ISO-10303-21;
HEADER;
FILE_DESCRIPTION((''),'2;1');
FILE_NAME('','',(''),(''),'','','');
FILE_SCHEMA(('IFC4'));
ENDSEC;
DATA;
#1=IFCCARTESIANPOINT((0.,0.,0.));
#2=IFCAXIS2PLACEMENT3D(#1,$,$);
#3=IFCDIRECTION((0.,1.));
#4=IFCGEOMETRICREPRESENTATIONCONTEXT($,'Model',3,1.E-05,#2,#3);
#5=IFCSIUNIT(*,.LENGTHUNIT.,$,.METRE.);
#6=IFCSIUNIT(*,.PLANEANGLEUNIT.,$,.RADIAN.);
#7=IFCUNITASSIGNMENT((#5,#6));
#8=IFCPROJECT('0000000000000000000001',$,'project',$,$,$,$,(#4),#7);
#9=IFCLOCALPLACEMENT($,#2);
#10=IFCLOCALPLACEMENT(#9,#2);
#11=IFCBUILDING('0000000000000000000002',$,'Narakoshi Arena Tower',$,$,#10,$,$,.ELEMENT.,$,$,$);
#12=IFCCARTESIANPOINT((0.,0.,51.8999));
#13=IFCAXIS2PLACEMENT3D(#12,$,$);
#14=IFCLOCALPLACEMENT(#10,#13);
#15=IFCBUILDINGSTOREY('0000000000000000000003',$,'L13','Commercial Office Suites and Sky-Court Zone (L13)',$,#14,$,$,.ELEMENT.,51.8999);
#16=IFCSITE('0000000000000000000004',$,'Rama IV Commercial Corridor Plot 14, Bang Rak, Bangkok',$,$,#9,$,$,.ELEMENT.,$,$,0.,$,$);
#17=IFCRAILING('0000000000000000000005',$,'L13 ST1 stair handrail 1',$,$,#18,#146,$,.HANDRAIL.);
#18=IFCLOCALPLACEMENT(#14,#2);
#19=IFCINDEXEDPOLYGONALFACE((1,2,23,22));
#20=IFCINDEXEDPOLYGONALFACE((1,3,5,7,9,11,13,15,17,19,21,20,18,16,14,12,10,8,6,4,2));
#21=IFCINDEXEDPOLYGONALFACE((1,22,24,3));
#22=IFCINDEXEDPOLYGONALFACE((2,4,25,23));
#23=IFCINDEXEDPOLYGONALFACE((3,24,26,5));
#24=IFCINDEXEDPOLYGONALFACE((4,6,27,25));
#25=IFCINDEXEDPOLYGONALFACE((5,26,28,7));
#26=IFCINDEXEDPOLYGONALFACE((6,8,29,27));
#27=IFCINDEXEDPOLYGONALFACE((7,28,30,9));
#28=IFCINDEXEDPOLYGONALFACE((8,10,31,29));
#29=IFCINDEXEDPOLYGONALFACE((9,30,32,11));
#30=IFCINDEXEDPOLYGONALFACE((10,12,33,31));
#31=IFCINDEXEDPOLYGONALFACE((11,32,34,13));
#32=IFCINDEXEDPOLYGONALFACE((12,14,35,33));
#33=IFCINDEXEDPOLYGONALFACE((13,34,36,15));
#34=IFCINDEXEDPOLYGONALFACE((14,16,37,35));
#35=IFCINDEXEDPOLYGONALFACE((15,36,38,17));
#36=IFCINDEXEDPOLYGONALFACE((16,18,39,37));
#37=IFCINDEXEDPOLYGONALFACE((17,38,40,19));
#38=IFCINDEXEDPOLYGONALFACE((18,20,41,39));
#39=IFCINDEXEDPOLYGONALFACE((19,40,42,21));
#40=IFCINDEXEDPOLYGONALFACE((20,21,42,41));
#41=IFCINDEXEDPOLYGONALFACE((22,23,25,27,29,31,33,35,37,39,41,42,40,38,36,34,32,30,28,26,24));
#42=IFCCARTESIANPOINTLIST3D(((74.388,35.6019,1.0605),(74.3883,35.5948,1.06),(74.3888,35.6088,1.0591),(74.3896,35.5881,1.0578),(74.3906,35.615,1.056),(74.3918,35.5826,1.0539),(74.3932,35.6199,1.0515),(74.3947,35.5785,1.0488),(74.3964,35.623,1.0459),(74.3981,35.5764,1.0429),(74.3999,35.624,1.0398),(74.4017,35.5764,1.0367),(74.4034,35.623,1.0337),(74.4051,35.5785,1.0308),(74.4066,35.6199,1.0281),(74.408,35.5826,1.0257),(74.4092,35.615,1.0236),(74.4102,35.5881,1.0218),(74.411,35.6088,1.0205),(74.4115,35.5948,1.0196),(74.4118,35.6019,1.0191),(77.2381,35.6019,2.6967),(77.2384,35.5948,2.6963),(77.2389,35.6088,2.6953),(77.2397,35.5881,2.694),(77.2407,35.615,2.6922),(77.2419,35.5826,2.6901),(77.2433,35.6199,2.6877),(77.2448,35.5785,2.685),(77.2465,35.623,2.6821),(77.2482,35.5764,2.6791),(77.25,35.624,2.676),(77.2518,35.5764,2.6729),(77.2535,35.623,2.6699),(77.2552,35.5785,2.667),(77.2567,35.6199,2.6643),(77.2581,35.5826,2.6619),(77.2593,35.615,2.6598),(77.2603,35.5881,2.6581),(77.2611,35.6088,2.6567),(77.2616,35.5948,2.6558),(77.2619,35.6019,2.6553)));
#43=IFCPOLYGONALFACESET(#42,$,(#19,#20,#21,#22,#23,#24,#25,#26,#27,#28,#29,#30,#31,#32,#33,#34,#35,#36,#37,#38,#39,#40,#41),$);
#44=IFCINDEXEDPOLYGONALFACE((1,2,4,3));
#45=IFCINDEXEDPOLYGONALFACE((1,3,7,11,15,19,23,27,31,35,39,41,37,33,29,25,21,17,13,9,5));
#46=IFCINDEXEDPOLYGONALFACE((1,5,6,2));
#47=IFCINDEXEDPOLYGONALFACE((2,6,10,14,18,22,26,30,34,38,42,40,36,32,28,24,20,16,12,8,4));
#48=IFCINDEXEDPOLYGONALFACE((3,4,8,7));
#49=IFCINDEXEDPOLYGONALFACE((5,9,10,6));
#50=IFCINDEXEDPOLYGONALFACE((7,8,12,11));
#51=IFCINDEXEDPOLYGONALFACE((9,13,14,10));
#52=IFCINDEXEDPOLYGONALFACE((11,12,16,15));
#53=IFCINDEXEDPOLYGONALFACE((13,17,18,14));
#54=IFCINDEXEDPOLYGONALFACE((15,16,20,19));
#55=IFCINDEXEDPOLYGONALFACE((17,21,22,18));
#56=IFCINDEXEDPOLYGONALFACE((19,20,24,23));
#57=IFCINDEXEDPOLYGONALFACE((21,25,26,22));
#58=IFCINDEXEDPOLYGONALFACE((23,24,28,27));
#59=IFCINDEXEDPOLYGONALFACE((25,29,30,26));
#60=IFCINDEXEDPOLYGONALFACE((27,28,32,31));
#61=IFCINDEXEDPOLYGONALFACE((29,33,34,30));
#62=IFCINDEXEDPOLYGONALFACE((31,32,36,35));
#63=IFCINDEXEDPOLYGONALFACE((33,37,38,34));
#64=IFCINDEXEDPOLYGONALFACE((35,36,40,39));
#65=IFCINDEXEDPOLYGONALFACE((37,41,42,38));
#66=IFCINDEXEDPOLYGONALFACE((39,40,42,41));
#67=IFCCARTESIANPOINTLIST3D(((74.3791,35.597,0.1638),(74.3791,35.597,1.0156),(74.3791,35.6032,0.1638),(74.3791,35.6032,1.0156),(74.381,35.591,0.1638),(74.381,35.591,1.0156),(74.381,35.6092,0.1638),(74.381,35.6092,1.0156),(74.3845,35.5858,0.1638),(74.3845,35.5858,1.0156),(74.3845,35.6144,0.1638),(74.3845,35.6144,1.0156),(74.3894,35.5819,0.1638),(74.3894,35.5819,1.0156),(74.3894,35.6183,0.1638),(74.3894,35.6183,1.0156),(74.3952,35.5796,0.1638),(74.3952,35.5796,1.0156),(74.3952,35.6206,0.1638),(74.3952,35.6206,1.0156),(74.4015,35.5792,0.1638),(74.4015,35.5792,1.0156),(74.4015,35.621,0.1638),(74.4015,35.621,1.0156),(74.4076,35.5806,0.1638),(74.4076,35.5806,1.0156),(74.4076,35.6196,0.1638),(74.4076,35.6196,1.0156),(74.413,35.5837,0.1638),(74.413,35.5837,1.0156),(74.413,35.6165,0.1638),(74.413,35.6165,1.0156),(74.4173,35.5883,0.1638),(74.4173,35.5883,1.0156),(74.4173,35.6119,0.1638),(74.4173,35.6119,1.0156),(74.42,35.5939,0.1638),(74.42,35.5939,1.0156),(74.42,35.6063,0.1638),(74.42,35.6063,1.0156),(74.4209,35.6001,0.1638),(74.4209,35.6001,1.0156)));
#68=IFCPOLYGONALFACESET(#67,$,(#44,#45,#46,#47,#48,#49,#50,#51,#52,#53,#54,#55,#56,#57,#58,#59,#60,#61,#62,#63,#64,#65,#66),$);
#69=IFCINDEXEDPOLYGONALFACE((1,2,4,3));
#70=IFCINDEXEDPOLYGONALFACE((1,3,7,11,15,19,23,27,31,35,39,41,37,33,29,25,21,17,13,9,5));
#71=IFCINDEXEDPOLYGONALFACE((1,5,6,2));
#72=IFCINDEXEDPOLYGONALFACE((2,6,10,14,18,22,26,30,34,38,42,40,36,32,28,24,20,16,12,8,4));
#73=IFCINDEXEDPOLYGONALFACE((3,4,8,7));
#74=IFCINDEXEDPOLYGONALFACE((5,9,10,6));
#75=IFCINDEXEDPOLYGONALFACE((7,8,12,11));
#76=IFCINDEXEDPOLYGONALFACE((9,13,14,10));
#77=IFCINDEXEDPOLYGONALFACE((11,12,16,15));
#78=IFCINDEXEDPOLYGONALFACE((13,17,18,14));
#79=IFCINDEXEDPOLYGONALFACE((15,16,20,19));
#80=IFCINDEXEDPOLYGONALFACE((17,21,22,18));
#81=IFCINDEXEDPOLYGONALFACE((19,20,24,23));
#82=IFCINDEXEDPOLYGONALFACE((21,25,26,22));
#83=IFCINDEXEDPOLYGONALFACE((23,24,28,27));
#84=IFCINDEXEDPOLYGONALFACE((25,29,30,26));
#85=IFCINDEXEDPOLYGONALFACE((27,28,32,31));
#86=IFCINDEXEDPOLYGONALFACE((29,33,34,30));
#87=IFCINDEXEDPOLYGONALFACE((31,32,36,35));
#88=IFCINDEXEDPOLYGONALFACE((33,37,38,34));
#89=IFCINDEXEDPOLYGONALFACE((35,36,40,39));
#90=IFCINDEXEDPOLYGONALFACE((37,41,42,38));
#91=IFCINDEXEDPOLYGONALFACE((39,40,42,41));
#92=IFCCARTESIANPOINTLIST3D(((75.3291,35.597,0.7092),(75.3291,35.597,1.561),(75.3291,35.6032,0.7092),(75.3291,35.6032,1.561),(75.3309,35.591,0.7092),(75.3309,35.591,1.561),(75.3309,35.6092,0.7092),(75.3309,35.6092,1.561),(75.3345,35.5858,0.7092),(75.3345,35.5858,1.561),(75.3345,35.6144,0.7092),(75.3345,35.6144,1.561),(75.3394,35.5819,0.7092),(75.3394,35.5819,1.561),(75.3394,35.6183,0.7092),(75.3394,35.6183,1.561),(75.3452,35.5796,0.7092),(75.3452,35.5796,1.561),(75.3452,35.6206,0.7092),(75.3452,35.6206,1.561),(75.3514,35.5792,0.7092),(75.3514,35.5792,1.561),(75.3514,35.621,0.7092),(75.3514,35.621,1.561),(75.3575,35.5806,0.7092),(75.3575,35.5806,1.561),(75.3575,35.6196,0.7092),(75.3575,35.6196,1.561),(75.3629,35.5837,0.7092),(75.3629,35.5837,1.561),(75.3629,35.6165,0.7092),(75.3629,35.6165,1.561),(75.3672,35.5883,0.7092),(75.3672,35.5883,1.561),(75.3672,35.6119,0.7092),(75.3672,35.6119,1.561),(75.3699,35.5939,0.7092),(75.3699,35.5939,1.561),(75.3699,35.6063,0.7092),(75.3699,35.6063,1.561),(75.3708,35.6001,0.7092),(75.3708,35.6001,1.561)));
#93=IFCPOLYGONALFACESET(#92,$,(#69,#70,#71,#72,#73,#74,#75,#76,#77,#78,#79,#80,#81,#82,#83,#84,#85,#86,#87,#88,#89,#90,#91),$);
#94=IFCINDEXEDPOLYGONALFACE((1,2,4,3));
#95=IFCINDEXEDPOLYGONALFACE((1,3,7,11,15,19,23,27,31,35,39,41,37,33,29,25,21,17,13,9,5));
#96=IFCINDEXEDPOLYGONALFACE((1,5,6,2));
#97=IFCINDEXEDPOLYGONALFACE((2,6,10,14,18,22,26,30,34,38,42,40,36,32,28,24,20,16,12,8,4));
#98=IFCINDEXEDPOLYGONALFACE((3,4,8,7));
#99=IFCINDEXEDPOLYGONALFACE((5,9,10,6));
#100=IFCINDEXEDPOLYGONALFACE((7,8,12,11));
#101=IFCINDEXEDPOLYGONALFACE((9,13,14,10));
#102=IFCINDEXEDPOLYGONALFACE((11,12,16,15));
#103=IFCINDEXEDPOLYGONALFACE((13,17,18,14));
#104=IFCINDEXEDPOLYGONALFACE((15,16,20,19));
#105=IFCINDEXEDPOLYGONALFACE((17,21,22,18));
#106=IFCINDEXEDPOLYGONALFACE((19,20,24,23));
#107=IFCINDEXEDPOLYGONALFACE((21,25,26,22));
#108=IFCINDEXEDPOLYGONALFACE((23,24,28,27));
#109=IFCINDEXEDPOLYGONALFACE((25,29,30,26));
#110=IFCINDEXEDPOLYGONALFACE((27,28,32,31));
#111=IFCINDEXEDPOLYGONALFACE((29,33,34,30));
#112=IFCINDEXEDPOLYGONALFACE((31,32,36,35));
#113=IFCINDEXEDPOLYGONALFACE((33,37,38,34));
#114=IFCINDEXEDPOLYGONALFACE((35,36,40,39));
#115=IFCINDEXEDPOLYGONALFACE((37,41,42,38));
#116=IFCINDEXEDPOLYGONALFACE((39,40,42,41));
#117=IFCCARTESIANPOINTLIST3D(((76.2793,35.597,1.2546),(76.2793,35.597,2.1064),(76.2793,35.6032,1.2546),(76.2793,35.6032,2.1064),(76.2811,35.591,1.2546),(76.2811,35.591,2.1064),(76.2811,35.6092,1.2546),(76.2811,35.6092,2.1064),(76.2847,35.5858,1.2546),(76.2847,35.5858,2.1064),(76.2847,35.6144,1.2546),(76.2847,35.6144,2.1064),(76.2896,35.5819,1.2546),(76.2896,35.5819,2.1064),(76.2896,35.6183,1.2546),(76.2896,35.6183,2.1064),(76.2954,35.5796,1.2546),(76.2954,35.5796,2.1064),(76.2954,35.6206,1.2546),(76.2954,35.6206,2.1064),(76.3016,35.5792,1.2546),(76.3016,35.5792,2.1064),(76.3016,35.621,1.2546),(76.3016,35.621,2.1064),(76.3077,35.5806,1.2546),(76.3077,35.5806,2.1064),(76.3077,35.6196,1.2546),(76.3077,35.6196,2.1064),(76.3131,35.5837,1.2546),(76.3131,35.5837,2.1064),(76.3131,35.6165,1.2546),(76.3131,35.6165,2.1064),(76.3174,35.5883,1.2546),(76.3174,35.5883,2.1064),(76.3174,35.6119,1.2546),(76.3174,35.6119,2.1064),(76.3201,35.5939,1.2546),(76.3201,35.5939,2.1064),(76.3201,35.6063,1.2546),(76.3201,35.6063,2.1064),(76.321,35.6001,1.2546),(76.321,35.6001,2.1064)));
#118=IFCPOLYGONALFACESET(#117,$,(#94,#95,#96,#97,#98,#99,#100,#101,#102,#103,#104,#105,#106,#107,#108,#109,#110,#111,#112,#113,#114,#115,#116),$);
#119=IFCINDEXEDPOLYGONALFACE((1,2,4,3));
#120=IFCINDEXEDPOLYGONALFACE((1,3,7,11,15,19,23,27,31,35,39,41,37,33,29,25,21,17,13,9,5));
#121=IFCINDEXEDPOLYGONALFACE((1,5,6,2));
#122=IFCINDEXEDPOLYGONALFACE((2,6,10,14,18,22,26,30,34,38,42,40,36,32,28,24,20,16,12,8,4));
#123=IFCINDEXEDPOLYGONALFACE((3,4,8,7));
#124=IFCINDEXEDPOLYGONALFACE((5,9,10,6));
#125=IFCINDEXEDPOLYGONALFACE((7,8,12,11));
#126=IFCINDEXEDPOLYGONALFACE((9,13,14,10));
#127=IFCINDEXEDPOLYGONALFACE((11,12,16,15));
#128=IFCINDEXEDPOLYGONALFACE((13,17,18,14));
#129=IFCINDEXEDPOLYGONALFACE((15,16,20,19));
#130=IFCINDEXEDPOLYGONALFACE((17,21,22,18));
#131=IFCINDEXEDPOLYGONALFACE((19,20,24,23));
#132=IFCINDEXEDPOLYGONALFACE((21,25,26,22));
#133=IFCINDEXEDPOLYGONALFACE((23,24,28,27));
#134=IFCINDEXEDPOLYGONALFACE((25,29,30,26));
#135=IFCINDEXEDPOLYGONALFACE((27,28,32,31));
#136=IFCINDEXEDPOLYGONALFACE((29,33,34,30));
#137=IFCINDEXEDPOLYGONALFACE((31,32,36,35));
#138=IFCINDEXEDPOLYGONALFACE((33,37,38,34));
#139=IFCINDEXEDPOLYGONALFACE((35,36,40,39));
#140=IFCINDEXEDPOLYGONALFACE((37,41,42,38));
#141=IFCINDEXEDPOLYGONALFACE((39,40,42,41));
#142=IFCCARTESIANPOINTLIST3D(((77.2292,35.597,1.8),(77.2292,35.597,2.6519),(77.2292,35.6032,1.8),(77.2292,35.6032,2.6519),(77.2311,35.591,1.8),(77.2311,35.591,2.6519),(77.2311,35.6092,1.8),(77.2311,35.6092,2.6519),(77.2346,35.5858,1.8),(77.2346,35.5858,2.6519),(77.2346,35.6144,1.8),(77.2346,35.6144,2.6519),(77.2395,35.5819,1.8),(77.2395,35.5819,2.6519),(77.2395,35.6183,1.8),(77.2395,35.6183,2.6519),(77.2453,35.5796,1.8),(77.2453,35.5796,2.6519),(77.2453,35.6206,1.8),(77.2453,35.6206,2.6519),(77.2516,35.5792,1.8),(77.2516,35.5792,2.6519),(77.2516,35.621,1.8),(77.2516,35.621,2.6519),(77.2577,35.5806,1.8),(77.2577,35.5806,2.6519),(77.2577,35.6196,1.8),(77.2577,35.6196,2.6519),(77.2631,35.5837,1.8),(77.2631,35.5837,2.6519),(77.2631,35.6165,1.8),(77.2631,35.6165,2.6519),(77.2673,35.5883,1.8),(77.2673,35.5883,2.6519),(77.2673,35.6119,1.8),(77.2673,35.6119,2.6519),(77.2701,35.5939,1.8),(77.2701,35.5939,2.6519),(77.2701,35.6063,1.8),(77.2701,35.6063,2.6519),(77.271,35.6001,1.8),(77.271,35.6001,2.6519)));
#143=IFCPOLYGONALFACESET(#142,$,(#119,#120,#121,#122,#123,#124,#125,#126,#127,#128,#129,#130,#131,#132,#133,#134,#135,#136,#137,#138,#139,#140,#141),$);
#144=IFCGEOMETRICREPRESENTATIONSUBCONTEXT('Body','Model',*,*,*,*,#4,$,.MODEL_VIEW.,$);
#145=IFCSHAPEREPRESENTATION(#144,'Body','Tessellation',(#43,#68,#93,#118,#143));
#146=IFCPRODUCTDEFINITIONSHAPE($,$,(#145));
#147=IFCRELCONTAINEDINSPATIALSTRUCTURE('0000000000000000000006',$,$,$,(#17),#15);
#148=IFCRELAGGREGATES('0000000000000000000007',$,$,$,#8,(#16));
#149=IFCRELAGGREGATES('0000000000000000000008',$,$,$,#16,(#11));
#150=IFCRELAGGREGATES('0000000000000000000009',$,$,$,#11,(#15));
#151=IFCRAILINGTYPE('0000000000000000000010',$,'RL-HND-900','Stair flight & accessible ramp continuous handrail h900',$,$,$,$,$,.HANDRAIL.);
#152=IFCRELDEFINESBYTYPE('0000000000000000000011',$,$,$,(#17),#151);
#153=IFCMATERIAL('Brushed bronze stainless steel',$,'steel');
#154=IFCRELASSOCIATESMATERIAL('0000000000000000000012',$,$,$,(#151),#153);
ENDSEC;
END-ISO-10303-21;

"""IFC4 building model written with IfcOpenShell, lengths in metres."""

from ifc_helpers import new_model, si_unit, direction, frame, origin, origin_2d, place, context, subcontext, project, spatial, circle, extrude, material, type_object, element, save


model = new_model("IFC4")

# Units and contexts
model_context = context("Model", 3, precision=1e-05, world=origin(), true_north=direction((0.0, 1.0)))
body_context = subcontext(model_context, "Body", "Model", "MODEL_VIEW")
ifc_project = project(units=[si_unit("LENGTHUNIT", "METRE"), si_unit("PLANEANGLEUNIT", "RADIAN")], contexts=[model_context])

# Site, building, storey
site_placement = place(None, origin())
site = spatial("IfcSite", under=ifc_project, at=site_placement, Name="Rama IV Commercial Corridor Plot 14, Bang Rak, Bangkok", CompositionType="ELEMENT", RefElevation=0.0)
building_placement = place(site_placement, origin())
building = spatial("IfcBuilding", under=site, at=building_placement, Name="Narakoshi Arena Tower", CompositionType="ELEMENT")
storey_placement = place(building_placement, frame((0.0, 0.0, 51.8999)))
storey = spatial("IfcBuildingStorey", under=building, at=storey_placement, Name="L13", Description="Commercial Office Suites and Sky-Court Zone (L13)", CompositionType="ELEMENT", Elevation=51.8999)

# Shared definitions
ifc_material_1 = material(Name="Brushed bronze stainless steel", Category="steel")

# Railing
railing_type_1 = type_object("IfcRailingType", Name="RL-HND-900", Description="Stair flight & accessible ramp continuous handrail h900", PredefinedType="HANDRAIL", material=ifc_material_1)
railing_1_placement = place(storey_placement, frame((74.3999, 35.6001, 0.1638)))
element("IfcRailing", 1, at=railing_1_placement, inside=storey, type_object=railing_type_1, Name="L13 ST1 stair handrail 1", PredefinedType="HANDRAIL", context=body_context, shape_type="SweptSolid", body=[
    extrude(circle(Radius=0.0239, at=origin_2d()), frame((0.0, 0.0, 0.876), z_axis=(0.867245, 0.0, 0.497882), x_axis=(0.0, 1.0, 0.0)), (0.0, 0.0, 1.0), 3.2864),
    extrude(circle(Radius=0.021, at=origin_2d()), origin(), (0.0, 0.0, 1.0), 0.8518),
    extrude(circle(Radius=0.021, at=origin_2d()), frame((0.95, 0.0, 0.5454)), (0.0, 0.0, 1.0), 0.8518),
    extrude(circle(Radius=0.021, at=origin_2d()), frame((1.9001, 0.0, 1.0908)), (0.0, 0.0, 1.0), 0.8518),
    extrude(circle(Radius=0.021, at=origin_2d()), frame((2.8501, 0.0, 1.6362)), (0.0, 0.0, 1.0), 0.8518),
])

save(model, "model.ifc")
